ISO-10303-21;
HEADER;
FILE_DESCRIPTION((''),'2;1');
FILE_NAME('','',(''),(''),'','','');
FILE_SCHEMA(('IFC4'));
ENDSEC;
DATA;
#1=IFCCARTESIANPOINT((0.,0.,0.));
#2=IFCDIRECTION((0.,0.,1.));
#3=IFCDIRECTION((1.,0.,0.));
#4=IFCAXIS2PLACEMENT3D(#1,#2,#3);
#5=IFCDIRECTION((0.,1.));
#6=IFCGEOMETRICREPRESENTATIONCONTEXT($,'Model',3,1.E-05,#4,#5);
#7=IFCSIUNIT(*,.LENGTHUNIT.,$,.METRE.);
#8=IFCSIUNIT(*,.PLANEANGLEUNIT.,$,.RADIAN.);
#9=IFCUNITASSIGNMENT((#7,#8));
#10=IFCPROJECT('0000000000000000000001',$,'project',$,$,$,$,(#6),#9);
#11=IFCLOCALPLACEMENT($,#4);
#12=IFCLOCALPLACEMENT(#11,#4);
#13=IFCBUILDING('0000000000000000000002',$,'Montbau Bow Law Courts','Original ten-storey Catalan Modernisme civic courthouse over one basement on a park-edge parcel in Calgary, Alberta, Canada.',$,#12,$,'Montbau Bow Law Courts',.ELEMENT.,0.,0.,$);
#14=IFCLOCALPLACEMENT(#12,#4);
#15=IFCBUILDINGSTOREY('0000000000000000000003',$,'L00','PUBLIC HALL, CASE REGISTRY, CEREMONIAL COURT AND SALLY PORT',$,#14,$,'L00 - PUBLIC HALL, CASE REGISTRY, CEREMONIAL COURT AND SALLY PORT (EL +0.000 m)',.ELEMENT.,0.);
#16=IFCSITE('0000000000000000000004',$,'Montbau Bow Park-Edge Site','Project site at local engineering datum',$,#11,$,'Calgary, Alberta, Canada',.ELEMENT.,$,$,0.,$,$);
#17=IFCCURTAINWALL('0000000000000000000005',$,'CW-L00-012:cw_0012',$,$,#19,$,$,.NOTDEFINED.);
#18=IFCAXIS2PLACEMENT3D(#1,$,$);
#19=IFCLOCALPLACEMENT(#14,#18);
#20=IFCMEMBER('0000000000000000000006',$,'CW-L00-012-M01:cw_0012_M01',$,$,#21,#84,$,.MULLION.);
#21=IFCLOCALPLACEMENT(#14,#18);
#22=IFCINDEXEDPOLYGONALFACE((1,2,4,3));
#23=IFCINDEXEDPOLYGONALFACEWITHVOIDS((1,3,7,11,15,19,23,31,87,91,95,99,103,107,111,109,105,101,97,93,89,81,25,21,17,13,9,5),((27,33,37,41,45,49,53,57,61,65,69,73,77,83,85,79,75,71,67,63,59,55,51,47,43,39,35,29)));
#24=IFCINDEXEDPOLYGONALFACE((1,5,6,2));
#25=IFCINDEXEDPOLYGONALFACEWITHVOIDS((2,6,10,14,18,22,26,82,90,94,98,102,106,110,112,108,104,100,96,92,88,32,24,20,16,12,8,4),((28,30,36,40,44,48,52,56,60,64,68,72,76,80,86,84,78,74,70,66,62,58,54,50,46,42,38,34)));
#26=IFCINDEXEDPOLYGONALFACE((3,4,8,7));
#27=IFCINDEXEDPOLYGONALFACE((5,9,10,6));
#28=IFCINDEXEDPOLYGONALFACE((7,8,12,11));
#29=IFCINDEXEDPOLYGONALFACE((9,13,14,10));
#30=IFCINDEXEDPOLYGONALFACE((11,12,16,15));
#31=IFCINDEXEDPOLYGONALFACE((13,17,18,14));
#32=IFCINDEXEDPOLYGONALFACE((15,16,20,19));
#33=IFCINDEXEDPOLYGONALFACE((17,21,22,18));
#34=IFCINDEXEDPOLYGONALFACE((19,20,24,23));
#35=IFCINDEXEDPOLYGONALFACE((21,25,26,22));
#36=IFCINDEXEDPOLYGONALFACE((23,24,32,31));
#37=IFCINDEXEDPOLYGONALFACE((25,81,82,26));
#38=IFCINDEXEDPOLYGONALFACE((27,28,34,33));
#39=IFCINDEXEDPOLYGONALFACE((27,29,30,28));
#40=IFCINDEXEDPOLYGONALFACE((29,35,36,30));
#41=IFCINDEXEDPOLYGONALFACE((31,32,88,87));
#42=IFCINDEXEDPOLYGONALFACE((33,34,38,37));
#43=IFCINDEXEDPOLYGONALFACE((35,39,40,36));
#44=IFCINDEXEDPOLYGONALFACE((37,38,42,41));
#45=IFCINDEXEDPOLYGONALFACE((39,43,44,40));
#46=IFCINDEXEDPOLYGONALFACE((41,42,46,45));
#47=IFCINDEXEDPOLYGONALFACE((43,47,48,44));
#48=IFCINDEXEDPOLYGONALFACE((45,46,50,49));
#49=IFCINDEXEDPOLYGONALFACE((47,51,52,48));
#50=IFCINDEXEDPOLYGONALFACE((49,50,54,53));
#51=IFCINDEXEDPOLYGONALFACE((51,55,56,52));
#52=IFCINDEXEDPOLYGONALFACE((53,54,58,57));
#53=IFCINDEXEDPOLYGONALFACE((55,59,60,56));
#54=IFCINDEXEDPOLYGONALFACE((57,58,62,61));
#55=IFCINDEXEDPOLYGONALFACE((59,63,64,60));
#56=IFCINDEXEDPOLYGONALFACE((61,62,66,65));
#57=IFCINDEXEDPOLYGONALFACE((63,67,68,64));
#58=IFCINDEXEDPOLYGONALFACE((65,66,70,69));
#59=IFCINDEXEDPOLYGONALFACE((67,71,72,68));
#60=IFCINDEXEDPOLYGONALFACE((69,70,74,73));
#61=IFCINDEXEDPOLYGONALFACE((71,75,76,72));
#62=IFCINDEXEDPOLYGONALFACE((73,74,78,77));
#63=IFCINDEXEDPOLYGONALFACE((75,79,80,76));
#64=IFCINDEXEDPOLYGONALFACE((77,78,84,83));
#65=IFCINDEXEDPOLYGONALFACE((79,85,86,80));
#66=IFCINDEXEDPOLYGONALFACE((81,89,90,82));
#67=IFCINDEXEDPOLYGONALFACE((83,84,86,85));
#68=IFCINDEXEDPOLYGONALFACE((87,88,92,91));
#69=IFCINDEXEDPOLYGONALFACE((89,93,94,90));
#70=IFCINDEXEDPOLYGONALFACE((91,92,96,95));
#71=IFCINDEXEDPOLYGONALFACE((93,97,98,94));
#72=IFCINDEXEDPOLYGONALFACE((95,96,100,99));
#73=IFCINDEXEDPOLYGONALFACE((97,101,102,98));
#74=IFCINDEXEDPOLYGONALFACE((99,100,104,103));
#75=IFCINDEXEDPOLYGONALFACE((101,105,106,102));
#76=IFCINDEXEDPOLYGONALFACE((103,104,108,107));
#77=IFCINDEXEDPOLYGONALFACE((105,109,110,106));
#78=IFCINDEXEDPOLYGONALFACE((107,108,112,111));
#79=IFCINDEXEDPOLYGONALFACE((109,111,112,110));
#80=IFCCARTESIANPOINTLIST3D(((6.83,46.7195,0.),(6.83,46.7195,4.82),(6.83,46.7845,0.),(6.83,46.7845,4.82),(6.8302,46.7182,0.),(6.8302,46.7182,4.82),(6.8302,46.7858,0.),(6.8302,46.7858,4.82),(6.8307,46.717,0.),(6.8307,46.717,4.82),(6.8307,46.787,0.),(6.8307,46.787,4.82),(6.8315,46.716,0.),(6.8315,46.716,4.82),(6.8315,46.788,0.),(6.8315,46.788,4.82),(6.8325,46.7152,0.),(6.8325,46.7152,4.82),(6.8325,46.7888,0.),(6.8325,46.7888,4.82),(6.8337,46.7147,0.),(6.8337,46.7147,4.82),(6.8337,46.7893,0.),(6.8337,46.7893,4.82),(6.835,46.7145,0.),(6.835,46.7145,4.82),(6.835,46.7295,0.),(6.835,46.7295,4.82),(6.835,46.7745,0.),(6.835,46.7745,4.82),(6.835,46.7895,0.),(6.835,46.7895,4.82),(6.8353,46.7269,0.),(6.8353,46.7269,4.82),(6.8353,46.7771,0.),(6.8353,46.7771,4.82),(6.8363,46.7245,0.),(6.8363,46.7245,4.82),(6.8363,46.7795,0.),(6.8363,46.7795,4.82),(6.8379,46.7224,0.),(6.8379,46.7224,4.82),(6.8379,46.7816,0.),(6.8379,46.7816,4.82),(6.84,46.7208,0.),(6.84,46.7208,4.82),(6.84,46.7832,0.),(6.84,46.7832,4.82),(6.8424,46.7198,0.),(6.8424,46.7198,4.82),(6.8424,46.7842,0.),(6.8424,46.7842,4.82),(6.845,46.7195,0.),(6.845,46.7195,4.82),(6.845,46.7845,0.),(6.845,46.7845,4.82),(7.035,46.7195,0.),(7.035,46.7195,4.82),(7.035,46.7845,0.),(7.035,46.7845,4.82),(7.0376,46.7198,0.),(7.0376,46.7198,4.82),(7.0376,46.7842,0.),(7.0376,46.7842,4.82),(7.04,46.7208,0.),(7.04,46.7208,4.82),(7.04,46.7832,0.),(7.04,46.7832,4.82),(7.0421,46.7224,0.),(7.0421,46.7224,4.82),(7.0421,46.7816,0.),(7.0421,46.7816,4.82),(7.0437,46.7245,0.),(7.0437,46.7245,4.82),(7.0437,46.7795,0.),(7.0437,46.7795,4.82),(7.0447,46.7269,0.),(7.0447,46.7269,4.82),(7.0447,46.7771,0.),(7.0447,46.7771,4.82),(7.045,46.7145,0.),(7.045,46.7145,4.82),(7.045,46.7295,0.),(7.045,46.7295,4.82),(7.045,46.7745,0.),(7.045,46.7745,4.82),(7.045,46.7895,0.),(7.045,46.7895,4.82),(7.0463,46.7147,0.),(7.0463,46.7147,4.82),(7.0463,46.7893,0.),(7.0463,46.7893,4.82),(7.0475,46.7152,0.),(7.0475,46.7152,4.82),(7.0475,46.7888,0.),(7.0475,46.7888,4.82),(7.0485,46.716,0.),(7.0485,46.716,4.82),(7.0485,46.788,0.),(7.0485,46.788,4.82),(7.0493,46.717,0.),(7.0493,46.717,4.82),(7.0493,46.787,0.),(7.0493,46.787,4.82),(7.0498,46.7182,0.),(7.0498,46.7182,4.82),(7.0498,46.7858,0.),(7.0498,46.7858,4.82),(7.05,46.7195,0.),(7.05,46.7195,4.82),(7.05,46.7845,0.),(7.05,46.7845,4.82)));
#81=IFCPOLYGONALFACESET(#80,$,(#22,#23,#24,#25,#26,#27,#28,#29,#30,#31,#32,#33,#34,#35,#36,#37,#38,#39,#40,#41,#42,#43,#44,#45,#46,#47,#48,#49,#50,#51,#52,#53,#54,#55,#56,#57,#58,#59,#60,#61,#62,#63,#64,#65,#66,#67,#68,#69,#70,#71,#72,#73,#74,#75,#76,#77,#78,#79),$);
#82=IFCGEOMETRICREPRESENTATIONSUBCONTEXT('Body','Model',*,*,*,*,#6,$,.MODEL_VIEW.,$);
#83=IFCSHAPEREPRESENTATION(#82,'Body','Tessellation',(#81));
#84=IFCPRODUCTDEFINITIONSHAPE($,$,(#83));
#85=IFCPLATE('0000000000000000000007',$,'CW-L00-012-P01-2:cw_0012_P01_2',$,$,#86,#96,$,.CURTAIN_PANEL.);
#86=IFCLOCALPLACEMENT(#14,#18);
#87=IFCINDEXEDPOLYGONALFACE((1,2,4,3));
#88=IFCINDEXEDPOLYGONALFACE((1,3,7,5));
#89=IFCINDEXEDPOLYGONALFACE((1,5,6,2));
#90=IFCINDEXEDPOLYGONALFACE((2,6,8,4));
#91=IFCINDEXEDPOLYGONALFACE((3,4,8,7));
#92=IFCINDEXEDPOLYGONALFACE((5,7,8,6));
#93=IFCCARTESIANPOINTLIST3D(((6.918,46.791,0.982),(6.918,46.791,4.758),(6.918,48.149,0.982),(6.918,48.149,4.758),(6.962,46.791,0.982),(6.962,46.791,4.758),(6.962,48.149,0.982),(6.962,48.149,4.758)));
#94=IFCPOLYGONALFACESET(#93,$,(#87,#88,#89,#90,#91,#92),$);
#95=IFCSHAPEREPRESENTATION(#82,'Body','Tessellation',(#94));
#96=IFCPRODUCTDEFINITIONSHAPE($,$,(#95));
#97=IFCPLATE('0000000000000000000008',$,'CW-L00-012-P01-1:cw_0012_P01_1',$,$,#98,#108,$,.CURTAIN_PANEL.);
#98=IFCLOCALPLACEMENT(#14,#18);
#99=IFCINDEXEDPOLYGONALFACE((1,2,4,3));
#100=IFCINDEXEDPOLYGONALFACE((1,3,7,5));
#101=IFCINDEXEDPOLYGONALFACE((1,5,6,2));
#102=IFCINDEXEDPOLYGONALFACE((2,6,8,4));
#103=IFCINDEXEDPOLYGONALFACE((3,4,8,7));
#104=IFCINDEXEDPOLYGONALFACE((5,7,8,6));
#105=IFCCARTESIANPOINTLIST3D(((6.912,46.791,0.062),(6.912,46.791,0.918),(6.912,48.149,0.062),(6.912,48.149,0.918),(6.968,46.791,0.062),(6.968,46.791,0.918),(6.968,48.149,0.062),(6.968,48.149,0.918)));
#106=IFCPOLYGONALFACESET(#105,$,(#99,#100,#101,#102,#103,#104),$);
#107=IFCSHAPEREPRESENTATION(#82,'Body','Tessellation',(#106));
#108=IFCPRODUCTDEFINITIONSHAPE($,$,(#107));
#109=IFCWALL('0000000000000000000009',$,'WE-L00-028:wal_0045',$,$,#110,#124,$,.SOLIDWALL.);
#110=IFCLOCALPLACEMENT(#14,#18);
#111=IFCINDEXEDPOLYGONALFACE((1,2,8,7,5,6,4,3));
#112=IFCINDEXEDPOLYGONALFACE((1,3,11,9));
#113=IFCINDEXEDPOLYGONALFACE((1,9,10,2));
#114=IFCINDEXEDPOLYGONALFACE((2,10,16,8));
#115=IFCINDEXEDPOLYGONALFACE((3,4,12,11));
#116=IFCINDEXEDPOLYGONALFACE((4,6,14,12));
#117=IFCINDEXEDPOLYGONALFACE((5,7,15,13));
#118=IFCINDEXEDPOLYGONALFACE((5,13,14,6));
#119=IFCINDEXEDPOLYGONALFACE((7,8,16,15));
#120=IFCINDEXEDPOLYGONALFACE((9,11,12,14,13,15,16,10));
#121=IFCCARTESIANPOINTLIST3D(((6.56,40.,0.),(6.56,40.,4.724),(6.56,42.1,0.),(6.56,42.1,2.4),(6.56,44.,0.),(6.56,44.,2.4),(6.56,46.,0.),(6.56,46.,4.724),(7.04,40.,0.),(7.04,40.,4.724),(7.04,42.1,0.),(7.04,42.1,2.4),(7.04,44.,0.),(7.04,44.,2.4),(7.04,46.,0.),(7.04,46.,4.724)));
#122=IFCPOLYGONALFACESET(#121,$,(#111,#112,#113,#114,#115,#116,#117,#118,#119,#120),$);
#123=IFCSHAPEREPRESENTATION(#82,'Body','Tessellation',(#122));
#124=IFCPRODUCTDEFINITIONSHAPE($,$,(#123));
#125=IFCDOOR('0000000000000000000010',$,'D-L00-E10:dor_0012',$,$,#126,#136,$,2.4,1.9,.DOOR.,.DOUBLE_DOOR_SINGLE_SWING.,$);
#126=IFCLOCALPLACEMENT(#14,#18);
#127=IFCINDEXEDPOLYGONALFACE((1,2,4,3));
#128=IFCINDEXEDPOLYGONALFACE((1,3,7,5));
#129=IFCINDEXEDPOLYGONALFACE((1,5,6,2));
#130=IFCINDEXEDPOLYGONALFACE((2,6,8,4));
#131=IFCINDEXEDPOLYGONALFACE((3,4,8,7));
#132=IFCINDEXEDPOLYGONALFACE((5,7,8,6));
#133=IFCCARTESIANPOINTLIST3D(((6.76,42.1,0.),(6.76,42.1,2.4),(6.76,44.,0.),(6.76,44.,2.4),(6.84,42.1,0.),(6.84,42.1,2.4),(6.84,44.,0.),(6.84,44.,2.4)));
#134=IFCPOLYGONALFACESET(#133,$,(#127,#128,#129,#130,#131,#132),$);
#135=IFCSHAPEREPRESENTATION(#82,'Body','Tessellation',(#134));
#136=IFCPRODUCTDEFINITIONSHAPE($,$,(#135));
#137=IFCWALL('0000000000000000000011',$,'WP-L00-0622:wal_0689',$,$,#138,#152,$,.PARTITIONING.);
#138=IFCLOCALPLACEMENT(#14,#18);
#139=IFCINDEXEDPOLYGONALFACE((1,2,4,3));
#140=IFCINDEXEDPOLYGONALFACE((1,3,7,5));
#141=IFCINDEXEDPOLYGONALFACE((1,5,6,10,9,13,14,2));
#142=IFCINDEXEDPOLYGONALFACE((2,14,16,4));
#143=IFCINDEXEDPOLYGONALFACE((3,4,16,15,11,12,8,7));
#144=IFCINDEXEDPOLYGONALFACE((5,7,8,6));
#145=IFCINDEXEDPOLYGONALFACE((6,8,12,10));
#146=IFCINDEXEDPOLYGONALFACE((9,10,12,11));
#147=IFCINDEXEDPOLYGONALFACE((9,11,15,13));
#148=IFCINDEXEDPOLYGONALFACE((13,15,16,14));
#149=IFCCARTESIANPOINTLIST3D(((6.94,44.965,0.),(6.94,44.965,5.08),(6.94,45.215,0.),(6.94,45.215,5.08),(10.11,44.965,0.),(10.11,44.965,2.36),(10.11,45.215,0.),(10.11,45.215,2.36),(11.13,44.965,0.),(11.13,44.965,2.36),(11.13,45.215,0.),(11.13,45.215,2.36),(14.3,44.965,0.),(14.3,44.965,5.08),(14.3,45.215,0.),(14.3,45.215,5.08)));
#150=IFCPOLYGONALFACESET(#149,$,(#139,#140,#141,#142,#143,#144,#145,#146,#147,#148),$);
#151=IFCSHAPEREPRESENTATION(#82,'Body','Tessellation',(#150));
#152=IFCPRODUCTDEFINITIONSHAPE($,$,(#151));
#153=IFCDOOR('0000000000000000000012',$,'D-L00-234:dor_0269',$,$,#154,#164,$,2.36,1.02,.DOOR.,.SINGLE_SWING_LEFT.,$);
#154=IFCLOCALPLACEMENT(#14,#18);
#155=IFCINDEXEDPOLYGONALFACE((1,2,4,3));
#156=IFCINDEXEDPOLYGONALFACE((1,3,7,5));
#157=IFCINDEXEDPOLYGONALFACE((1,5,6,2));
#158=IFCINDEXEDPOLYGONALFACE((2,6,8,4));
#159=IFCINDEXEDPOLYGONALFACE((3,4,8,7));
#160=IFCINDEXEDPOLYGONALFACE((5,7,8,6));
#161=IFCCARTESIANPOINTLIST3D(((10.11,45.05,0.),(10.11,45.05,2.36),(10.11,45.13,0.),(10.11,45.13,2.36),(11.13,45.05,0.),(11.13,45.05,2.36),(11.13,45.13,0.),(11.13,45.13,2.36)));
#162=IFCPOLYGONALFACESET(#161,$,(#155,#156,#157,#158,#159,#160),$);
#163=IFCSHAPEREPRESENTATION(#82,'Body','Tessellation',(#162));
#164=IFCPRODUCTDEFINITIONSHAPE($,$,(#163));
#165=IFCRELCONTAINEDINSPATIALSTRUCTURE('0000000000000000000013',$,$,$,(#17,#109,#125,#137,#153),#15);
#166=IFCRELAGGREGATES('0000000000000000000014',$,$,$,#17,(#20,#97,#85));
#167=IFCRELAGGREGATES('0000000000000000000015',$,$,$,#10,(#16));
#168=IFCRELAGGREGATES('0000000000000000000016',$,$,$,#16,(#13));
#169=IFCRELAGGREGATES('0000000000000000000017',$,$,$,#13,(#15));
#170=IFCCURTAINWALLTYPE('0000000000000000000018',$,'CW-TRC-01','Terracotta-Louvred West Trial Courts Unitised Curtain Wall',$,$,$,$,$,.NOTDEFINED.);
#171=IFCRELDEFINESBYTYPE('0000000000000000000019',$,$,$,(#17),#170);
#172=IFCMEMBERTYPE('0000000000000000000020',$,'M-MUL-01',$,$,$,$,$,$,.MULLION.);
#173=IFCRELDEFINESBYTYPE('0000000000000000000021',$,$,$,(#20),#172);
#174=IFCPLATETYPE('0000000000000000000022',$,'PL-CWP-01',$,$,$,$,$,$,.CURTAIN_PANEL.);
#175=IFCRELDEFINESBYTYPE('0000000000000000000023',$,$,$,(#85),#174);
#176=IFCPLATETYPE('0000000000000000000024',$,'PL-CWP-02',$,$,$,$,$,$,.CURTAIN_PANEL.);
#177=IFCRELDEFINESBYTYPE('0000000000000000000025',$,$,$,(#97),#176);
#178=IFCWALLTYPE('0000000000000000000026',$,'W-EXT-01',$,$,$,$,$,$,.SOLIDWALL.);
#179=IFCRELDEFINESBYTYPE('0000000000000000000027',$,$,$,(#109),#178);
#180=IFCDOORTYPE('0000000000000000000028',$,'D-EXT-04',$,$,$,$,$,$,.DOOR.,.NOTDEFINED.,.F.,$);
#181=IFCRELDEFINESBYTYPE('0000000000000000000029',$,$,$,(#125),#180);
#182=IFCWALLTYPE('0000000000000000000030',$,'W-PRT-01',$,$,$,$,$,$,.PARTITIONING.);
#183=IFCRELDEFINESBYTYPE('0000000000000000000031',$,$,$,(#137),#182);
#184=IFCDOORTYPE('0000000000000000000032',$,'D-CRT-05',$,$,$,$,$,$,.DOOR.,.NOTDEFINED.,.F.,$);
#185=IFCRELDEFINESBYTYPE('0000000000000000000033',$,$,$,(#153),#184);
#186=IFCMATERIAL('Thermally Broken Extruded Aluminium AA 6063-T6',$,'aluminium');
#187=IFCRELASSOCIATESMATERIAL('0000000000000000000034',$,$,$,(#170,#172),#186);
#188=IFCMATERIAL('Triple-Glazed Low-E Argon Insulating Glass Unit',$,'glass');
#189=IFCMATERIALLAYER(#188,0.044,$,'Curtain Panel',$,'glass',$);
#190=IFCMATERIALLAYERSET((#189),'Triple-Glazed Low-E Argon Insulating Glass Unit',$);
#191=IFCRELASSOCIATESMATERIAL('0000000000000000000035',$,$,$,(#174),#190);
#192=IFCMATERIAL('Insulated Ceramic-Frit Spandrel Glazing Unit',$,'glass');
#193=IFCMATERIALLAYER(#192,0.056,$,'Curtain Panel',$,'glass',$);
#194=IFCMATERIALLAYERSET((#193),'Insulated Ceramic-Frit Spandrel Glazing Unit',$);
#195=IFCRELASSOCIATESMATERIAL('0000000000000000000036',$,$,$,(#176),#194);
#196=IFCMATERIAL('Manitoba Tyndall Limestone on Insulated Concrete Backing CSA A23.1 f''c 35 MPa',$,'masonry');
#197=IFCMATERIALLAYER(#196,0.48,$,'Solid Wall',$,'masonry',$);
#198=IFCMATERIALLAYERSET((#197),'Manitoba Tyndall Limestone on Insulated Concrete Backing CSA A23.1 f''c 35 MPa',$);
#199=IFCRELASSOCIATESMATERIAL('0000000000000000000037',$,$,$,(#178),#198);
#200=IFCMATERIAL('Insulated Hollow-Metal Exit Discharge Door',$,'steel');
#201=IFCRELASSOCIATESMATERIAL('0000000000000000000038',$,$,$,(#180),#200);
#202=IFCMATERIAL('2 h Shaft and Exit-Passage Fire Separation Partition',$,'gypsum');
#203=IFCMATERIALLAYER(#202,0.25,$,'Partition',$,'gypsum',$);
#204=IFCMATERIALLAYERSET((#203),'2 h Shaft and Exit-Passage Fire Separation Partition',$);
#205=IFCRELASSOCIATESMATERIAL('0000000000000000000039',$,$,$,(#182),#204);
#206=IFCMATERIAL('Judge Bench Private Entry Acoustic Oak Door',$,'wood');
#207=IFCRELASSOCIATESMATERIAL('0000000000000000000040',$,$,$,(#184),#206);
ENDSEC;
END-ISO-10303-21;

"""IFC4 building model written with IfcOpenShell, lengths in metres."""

from ifc_helpers import new_model, si_unit, direction, frame, frame_2d, origin_with_axes, origin_2d_with_axis, place, context, subcontext, project, spatial, rectangle, hollow_rectangle, extrude, material, layer, layer_set, material_profile, profile_set, type_object, element, fill, aggregate, save


model = new_model("IFC4")

# Units and contexts
model_context = context("Model", 3, precision=1e-05, world=origin_with_axes(), true_north=direction((0.0, 1.0)))
body_context = subcontext(model_context, "Body", "Model", "MODEL_VIEW")
ifc_project = project(units=[si_unit("LENGTHUNIT", "METRE"), si_unit("PLANEANGLEUNIT", "RADIAN")], contexts=[model_context])

# Site, building, storey
site_placement = place(None, origin_with_axes())
site = spatial("IfcSite", under=ifc_project, at=site_placement, Name="Montbau Bow Park-Edge Site", Description="Project site at local engineering datum", LongName="Calgary, Alberta, Canada", CompositionType="ELEMENT", RefElevation=0.0)
building_placement = place(site_placement, origin_with_axes())
building = spatial("IfcBuilding", under=site, at=building_placement, Name="Montbau Bow Law Courts", Description="Original ten-storey Catalan Modernisme civic courthouse over one basement on a park-edge parcel in Calgary, Alberta, Canada.", LongName="Montbau Bow Law Courts", CompositionType="ELEMENT", ElevationOfRefHeight=0.0, ElevationOfTerrain=0.0)
storey_placement = place(building_placement, origin_with_axes())
storey = spatial("IfcBuildingStorey", under=building, at=storey_placement, Name="L00", Description="PUBLIC HALL, CASE REGISTRY, CEREMONIAL COURT AND SALLY PORT", LongName="L00 - PUBLIC HALL, CASE REGISTRY, CEREMONIAL COURT AND SALLY PORT (EL +0.000 m)", CompositionType="ELEMENT", Elevation=0.0)

# Curtain wall, member, plates
ifc_material_1 = material(Name="Thermally Broken Extruded Aluminium AA 6063-T6", Category="aluminium")
curtain_wall_type = type_object("IfcCurtainWallType", Name="CW-TRC-01", Description="Terracotta-Louvred West Trial Courts Unitised Curtain Wall", PredefinedType="NOTDEFINED", material=ifc_material_1)
curtain_wall_placement = place(None, frame((6.94, 46.715, 0.0), z_axis=(0.0, 0.0, 1.0), x_axis=(1.0, 0.0, 0.0)))
curtain_wall = element("IfcCurtainWall", 1, at=curtain_wall_placement, inside=storey, type_object=curtain_wall_type, Name="CW-L00-012:cw_0012", PredefinedType="NOTDEFINED")
ifc_material_profile_1 = material_profile(ifc_material_1, hollow_rectangle(XDim=0.075, YDim=0.22, WallThickness=0.005, InnerFilletRadius=0.01, OuterFilletRadius=0.005, at=origin_2d_with_axis()), Name="CWM-220X75", Category="Main", Priority=0)
ifc_profile_set_1 = profile_set([ifc_material_profile_1], Name="Thermally Broken Extruded Aluminium AA 6063-T6")
member_type = type_object("IfcMemberType", Name="M-MUL-01", PredefinedType="MULLION", material=ifc_profile_set_1)
member_placement = place(None, frame((6.94, 46.752, 0.0), z_axis=(0.0, 0.0, 1.0), x_axis=(0.0, 1.0, 0.0)))
member = element("IfcMember", 2, at=member_placement, type_object=member_type, Name="CW-L00-012-M01:cw_0012_M01", PredefinedType="MULLION", context=body_context, shape_type="SweptSolid", body=[
    extrude(hollow_rectangle(XDim=0.075, YDim=0.22, WallThickness=0.005, InnerFilletRadius=0.01, OuterFilletRadius=0.005, at=origin_2d_with_axis()), origin_with_axes(), (0.0, 0.0, 1.0), 4.82),
])
ifc_material_2 = material(Name="Triple-Glazed Low-E Argon Insulating Glass Unit", Category="glass")
ifc_layer_1 = layer(ifc_material_2, 0.044, Name="Curtain Panel", Category="glass")
ifc_layer_set_1 = layer_set([ifc_layer_1], Name="Triple-Glazed Low-E Argon Insulating Glass Unit")
plate_type_1 = type_object("IfcPlateType", Name="PL-CWP-01", PredefinedType="CURTAIN_PANEL", material=ifc_layer_set_1)
plate_1_placement = place(None, frame((6.94, 46.791, 0.982), z_axis=(1.0, 0.0, 0.0), x_axis=(0.0, 1.0, 0.0)))
plate_1 = element("IfcPlate", 3, at=plate_1_placement, type_object=plate_type_1, Name="CW-L00-012-P01-2:cw_0012_P01_2", PredefinedType="CURTAIN_PANEL", context=body_context, shape_type="SweptSolid", body=[
    extrude(rectangle(XDim=1.358, YDim=3.776, at=frame_2d((0.679, 1.888), x_axis=(1.0, 0.0))), frame((0.0, 0.0, -0.022), z_axis=(0.0, 0.0, 1.0), x_axis=(1.0, 0.0, 0.0)), (0.0, 0.0, 1.0), 0.044),
])
ifc_material_3 = material(Name="Insulated Ceramic-Frit Spandrel Glazing Unit", Category="glass")
ifc_layer_2 = layer(ifc_material_3, 0.056, Name="Curtain Panel", Category="glass")
ifc_layer_set_2 = layer_set([ifc_layer_2], Name="Insulated Ceramic-Frit Spandrel Glazing Unit")
plate_type_2 = type_object("IfcPlateType", Name="PL-CWP-02", PredefinedType="CURTAIN_PANEL", material=ifc_layer_set_2)
plate_2_placement = place(None, frame((6.94, 46.791, 0.062), z_axis=(1.0, 0.0, 0.0), x_axis=(0.0, 1.0, 0.0)))
plate_2 = element("IfcPlate", 4, at=plate_2_placement, type_object=plate_type_2, Name="CW-L00-012-P01-1:cw_0012_P01_1", PredefinedType="CURTAIN_PANEL", context=body_context, shape_type="SweptSolid", body=[
    extrude(rectangle(XDim=1.358, YDim=0.856, at=frame_2d((0.679, 0.428), x_axis=(1.0, 0.0))), frame((0.0, 0.0, -0.028), z_axis=(0.0, 0.0, 1.0), x_axis=(1.0, 0.0, 0.0)), (0.0, 0.0, 1.0), 0.056),
])
aggregate(curtain_wall, [member, plate_2, plate_1])

# Walls, openings, doors
ifc_material_4 = material(Name="Manitoba Tyndall Limestone on Insulated Concrete Backing CSA A23.1 f'c 35 MPa", Category="masonry")
ifc_layer_3 = layer(ifc_material_4, 0.48, Name="Solid Wall", Category="masonry")
ifc_layer_set_3 = layer_set([ifc_layer_3], Name="Manitoba Tyndall Limestone on Insulated Concrete Backing CSA A23.1 f'c 35 MPa")
wall_type_1 = type_object("IfcWallType", Name="W-EXT-01", PredefinedType="SOLIDWALL", material=ifc_layer_set_3)
wall_1_placement = place(None, frame((6.8, 40.0, 0.0), z_axis=(0.0, 0.0, 1.0), x_axis=(0.0, 1.0, 0.0)))
wall_1 = element("IfcWall", 5, at=wall_1_placement, inside=storey, type_object=wall_type_1, Name="WE-L00-028:wal_0045", PredefinedType="SOLIDWALL", context=body_context, shape_type="SweptSolid", body=[
    extrude(rectangle(XDim=6.0, YDim=0.48, at=frame_2d((3.0, 0.0), x_axis=(1.0, 0.0))), origin_with_axes(), (0.0, 0.0, 1.0), 4.724),
])
opening_1_placement = place(None, frame((6.8, 43.05, 0.0), z_axis=(0.0, 0.0, 1.0), x_axis=(0.0, 1.0, 0.0)))
opening_1 = element("IfcOpeningElement", 6, at=opening_1_placement, cuts=wall_1, PredefinedType="OPENING", context=body_context, shape_type="SweptSolid", body=[
    extrude(rectangle(XDim=1.9, YDim=2.4, at=frame_2d((0.0, 1.2), x_axis=(1.0, 0.0))), frame((0.0, 0.25, 0.0), z_axis=(0.0, -1.0, 0.0), x_axis=(1.0, 0.0, 0.0)), (0.0, 0.0, 1.0), 0.5),
])
ifc_material_5 = material(Name="Insulated Hollow-Metal Exit Discharge Door", Category="steel")
door_type_1 = type_object("IfcDoorType", Name="D-EXT-04", OperationType="NOTDEFINED", ParameterTakesPrecedence=False, PredefinedType="DOOR", material=ifc_material_5)
door_1_placement = place(None, frame((6.8, 43.05, 0.0), z_axis=(0.0, 0.0, 1.0), x_axis=(0.0, 1.0, 0.0)))
door_1 = element("IfcDoor", 7, at=door_1_placement, inside=storey, type_object=door_type_1, Name="D-L00-E10:dor_0012", OperationType="DOUBLE_DOOR_SINGLE_SWING", OverallHeight=2.4, OverallWidth=1.9, PredefinedType="DOOR", context=body_context, shape_type="SweptSolid", body=[
    extrude(rectangle(XDim=1.9, YDim=2.4, at=frame_2d((0.0, 1.2), x_axis=(1.0, 0.0))), frame((0.0, 0.04, 0.0), z_axis=(0.0, -1.0, 0.0), x_axis=(1.0, 0.0, 0.0)), (0.0, 0.0, 1.0), 0.08),
])
fill(opening_1, door_1)
ifc_material_6 = material(Name="2 h Shaft and Exit-Passage Fire Separation Partition", Category="gypsum")
ifc_layer_4 = layer(ifc_material_6, 0.25, Name="Partition", Category="gypsum")
ifc_layer_set_4 = layer_set([ifc_layer_4], Name="2 h Shaft and Exit-Passage Fire Separation Partition")
wall_type_2 = type_object("IfcWallType", Name="W-PRT-01", PredefinedType="PARTITIONING", material=ifc_layer_set_4)
wall_2_placement = place(None, frame((6.94, 45.09, 0.0), z_axis=(0.0, 0.0, 1.0), x_axis=(1.0, 0.0, 0.0)))
wall_2 = element("IfcWall", 8, at=wall_2_placement, inside=storey, type_object=wall_type_2, Name="WP-L00-0622:wal_0689", PredefinedType="PARTITIONING", context=body_context, shape_type="SweptSolid", body=[
    extrude(rectangle(XDim=7.36, YDim=0.25, at=frame_2d((3.68, 0.0), x_axis=(1.0, 0.0))), origin_with_axes(), (0.0, 0.0, 1.0), 5.08),
])
opening_2_placement = place(None, frame((10.62, 45.09, 0.0), z_axis=(0.0, 0.0, 1.0), x_axis=(1.0, 0.0, 0.0)))
opening_2 = element("IfcOpeningElement", 9, at=opening_2_placement, cuts=wall_2, PredefinedType="OPENING", context=body_context, shape_type="SweptSolid", body=[
    extrude(rectangle(XDim=1.02, YDim=2.36, at=frame_2d((0.0, 1.18), x_axis=(1.0, 0.0))), frame((0.0, 0.135, 0.0), z_axis=(0.0, -1.0, 0.0), x_axis=(1.0, 0.0, 0.0)), (0.0, 0.0, 1.0), 0.27),
])
ifc_material_7 = material(Name="Judge Bench Private Entry Acoustic Oak Door", Category="wood")
door_type_2 = type_object("IfcDoorType", Name="D-CRT-05", OperationType="NOTDEFINED", ParameterTakesPrecedence=False, PredefinedType="DOOR", material=ifc_material_7)
door_2_placement = place(None, frame((10.62, 45.09, 0.0), z_axis=(0.0, 0.0, 1.0), x_axis=(-1.0, 0.0, 0.0)))
door_2 = element("IfcDoor", 10, at=door_2_placement, inside=storey, type_object=door_type_2, Name="D-L00-234:dor_0269", OperationType="SINGLE_SWING_LEFT", OverallHeight=2.36, OverallWidth=1.02, PredefinedType="DOOR", context=body_context, shape_type="SweptSolid", body=[
    extrude(rectangle(XDim=1.02, YDim=2.36, at=frame_2d((0.0, 1.18), x_axis=(1.0, 0.0))), frame((0.0, 0.04, 0.0), z_axis=(0.0, -1.0, 0.0), x_axis=(1.0, 0.0, 0.0)), (0.0, 0.0, 1.0), 0.08),
])
fill(opening_2, door_2)

save(model, "model.ifc")
